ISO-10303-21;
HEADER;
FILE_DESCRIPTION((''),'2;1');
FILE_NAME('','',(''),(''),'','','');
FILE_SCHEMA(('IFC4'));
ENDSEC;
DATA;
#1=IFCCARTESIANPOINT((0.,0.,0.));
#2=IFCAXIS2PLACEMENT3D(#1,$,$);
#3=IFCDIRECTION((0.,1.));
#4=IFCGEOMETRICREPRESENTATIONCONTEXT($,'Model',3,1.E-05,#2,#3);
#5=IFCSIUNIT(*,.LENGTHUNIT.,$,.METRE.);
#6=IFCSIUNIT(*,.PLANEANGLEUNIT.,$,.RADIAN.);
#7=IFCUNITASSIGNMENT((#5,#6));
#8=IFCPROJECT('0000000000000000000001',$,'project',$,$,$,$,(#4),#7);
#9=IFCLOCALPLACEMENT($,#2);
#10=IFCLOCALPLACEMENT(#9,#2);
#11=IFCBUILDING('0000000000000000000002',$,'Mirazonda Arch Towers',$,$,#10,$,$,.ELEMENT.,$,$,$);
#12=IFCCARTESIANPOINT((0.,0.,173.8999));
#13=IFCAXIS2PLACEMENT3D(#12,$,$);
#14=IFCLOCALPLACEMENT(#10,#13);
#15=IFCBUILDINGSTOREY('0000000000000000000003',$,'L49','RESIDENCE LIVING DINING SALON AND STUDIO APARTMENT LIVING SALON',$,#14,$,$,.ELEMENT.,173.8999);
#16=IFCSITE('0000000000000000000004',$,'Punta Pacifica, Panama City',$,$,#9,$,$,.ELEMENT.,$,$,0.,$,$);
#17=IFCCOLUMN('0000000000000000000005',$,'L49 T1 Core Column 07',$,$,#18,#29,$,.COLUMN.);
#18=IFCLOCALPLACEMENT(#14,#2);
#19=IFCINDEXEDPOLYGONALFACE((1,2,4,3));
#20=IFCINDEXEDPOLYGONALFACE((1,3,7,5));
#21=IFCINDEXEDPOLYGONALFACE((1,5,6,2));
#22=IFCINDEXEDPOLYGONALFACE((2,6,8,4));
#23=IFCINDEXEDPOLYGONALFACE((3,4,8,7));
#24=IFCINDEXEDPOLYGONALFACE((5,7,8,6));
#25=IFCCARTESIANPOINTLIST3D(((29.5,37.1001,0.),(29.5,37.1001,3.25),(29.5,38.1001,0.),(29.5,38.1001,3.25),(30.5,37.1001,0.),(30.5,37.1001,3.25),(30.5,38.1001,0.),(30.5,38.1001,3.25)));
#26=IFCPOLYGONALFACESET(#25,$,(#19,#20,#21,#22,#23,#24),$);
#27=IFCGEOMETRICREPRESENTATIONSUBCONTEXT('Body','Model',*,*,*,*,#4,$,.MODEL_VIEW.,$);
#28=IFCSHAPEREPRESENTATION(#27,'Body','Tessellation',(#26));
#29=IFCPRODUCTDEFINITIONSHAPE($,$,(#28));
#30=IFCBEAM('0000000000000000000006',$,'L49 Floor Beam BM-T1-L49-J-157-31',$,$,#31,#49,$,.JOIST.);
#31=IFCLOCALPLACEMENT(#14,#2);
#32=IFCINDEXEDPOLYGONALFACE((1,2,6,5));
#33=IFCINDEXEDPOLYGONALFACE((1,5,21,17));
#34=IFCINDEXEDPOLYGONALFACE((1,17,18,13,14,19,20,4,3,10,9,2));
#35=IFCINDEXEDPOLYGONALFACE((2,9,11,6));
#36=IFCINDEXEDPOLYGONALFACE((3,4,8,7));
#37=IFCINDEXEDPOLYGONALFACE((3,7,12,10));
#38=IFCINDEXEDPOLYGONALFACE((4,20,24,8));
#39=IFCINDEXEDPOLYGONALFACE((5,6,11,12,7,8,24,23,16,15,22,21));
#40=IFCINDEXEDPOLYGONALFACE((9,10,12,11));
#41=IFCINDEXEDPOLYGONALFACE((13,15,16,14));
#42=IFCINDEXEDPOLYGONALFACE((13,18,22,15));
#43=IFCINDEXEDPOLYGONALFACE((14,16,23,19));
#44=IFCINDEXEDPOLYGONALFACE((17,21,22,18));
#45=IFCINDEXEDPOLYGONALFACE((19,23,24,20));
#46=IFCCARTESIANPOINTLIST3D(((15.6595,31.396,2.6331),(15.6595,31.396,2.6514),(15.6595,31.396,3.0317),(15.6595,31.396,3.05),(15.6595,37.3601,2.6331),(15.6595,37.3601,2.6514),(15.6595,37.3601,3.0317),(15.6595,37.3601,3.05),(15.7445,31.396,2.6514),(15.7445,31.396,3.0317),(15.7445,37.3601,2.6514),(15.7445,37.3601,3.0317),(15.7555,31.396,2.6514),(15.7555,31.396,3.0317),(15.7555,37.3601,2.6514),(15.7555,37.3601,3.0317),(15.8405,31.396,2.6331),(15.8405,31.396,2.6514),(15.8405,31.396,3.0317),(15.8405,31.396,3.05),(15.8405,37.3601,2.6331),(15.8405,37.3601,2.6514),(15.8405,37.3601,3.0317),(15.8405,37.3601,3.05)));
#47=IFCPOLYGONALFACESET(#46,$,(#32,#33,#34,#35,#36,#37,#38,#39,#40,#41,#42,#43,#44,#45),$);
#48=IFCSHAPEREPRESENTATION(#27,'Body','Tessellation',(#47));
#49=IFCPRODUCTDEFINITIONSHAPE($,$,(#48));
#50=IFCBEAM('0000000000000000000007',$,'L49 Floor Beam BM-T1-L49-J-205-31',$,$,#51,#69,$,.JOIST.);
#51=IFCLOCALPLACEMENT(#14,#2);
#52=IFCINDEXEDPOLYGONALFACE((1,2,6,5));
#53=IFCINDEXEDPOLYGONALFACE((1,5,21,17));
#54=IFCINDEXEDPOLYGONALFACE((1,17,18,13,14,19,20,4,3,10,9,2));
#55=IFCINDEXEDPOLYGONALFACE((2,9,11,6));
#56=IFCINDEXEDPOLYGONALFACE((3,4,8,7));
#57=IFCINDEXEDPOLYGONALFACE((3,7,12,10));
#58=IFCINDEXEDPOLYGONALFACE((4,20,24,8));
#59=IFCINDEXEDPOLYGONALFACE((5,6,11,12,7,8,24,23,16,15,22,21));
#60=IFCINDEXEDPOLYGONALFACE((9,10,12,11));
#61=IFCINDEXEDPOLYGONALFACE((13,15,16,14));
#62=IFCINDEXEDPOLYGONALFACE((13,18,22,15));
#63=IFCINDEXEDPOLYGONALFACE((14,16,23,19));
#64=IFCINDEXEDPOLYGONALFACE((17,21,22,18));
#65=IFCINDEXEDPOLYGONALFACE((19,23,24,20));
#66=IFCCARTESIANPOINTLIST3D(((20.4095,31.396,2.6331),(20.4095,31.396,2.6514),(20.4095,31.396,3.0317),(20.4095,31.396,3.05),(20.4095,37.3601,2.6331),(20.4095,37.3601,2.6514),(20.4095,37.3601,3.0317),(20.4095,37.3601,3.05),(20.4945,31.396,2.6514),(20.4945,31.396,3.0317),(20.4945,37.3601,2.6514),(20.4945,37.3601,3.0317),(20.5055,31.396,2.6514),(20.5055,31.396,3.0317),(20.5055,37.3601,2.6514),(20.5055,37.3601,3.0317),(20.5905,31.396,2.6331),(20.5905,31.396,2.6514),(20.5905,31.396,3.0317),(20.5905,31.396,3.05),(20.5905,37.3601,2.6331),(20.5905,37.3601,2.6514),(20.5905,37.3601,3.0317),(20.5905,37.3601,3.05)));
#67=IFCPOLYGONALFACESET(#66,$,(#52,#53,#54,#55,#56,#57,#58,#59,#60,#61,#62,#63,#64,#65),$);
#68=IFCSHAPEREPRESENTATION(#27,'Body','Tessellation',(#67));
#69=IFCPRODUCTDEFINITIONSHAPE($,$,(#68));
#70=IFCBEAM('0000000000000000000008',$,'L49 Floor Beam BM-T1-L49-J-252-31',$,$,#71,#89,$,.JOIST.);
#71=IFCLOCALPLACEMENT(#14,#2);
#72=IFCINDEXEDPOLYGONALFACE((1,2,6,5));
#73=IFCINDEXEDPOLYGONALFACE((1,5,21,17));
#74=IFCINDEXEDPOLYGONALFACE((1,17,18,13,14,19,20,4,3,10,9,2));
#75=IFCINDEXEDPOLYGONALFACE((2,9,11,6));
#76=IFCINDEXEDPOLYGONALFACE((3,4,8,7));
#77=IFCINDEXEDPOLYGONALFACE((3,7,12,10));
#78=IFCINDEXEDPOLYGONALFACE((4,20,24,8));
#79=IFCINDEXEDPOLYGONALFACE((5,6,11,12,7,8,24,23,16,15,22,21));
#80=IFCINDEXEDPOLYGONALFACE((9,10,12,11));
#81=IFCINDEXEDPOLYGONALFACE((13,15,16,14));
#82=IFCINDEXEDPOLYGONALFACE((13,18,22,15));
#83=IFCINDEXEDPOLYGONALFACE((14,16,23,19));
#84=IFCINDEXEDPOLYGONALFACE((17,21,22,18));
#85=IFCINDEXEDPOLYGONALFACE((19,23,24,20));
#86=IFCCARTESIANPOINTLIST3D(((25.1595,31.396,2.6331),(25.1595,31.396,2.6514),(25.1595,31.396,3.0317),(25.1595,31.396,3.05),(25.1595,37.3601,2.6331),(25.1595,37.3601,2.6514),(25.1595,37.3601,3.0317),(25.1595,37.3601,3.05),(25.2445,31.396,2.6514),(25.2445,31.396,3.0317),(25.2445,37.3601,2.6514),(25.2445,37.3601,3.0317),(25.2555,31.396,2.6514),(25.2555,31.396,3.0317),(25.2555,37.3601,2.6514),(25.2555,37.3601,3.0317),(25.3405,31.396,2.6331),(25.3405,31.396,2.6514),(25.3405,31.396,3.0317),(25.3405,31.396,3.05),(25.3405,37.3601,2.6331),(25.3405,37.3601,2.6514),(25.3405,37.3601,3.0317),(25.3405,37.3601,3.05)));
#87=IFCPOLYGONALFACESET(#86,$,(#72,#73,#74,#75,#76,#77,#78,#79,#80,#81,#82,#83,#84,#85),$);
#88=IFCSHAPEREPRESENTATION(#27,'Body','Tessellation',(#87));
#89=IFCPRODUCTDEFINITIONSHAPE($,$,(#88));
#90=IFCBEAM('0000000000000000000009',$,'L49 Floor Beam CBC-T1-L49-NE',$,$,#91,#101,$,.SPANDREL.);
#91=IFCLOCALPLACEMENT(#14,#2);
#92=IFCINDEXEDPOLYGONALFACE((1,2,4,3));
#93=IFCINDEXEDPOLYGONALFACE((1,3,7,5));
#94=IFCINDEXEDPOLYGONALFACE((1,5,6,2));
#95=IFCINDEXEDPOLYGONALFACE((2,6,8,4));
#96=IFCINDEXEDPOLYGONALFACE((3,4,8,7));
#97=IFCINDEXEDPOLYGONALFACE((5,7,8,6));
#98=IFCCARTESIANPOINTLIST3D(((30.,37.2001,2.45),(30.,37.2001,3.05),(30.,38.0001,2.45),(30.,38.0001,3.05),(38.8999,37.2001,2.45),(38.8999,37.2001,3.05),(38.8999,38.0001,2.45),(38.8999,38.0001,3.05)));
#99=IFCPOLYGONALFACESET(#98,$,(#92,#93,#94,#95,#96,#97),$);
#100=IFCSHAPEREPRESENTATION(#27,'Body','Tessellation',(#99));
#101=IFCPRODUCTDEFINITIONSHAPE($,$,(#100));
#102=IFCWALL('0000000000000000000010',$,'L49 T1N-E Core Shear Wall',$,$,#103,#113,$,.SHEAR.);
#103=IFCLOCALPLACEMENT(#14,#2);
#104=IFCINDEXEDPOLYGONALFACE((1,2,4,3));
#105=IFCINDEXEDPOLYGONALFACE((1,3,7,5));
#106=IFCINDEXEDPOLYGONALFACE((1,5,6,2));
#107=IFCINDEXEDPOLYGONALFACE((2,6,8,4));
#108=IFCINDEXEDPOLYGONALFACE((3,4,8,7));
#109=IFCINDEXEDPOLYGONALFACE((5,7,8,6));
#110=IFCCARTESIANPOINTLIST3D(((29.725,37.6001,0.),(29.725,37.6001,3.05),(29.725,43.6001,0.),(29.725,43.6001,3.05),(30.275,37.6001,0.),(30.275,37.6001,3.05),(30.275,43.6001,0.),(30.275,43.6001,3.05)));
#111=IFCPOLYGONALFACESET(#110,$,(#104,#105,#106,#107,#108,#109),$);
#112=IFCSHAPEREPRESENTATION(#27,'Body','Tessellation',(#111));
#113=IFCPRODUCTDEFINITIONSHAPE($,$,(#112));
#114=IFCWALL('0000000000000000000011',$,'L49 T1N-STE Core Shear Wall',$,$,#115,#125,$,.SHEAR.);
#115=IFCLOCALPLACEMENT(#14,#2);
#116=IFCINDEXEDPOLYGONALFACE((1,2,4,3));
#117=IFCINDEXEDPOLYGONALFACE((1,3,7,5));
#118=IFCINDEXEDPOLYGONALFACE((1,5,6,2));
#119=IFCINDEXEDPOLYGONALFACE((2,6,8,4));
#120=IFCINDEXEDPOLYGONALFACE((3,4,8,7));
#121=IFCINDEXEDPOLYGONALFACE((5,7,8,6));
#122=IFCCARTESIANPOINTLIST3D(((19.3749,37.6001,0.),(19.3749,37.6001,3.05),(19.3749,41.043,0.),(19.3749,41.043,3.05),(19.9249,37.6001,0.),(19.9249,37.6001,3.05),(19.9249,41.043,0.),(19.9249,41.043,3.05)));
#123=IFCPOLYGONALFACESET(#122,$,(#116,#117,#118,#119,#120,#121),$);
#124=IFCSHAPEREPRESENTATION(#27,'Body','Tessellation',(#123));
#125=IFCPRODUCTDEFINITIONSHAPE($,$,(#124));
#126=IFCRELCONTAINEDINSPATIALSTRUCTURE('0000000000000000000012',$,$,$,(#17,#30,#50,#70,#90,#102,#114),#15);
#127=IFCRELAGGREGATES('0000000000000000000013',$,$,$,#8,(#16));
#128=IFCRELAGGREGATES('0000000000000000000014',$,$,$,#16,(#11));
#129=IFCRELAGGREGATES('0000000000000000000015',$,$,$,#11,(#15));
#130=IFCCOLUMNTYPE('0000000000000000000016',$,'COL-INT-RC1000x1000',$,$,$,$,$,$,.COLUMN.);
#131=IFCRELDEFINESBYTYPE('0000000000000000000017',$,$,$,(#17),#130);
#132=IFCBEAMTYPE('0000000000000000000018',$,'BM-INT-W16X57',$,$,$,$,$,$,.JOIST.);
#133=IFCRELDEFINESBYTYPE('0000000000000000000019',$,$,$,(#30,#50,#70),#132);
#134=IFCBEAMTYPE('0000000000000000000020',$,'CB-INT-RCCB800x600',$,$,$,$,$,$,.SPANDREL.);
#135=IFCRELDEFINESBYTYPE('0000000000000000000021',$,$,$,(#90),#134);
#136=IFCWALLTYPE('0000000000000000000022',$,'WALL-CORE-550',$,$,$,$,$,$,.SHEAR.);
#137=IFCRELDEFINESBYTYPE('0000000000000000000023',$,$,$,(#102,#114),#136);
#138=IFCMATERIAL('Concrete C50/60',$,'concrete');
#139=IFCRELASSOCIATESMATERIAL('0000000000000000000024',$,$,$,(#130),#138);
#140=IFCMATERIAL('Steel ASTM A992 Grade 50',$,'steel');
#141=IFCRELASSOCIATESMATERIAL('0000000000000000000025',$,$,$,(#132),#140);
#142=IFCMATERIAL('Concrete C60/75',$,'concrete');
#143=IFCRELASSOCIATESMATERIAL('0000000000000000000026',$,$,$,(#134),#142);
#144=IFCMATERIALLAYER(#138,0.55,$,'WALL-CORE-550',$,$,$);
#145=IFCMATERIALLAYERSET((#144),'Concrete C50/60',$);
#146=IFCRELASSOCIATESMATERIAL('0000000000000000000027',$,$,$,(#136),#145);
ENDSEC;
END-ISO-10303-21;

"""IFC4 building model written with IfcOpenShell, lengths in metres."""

from ifc_helpers import new_model, si_unit, direction, frame, frame_2d, origin, origin_2d, place, context, subcontext, project, spatial, rectangle, i_section, extrude, material, layer, layer_set, material_profile, profile_set, type_object, element, save


model = new_model("IFC4")

# Units and contexts
model_context = context("Model", 3, precision=1e-05, world=origin(), true_north=direction((0.0, 1.0)))
body_context = subcontext(model_context, "Body", "Model", "MODEL_VIEW")
ifc_project = project(units=[si_unit("LENGTHUNIT", "METRE"), si_unit("PLANEANGLEUNIT", "RADIAN")], contexts=[model_context])

# Site, building, storey
site_placement = place(None, origin())
site = spatial("IfcSite", under=ifc_project, at=site_placement, Name="Punta Pacifica, Panama City", CompositionType="ELEMENT", RefElevation=0.0)
building_placement = place(site_placement, origin())
building = spatial("IfcBuilding", under=site, at=building_placement, Name="Mirazonda Arch Towers", CompositionType="ELEMENT")
storey_placement = place(building_placement, frame((0.0, 0.0, 173.8999)))
storey = spatial("IfcBuildingStorey", under=building, at=storey_placement, Name="L49", Description="RESIDENCE LIVING DINING SALON AND STUDIO APARTMENT LIVING SALON", CompositionType="ELEMENT", Elevation=173.8999)

# Column
ifc_material_1 = material(Name="Concrete C50/60", Category="concrete")
ifc_material_profile_1 = material_profile(ifc_material_1, rectangle(XDim=1.0, YDim=1.0, at=origin_2d()), Name="RC1000x1000")
ifc_profile_set_1 = profile_set([ifc_material_profile_1], Name="Concrete C50/60")
column_type = type_object("IfcColumnType", Name="COL-INT-RC1000x1000", PredefinedType="COLUMN", material=ifc_profile_set_1)
column_placement = place(storey_placement, frame((30.0, 37.6001, 0.0), z_axis=(0.0, 0.0, 1.0), x_axis=(1.0, 0.0, 0.0)))
element("IfcColumn", 1, at=column_placement, inside=storey, type_object=column_type, Name="L49 T1 Core Column 07", PredefinedType="COLUMN", context=body_context, shape_type="SweptSolid", body=[
    extrude(rectangle(XDim=1.0, YDim=1.0, at=origin_2d()), origin(), (0.0, 0.0, 1.0), 3.25),
])

# Beams
ifc_material_2 = material(Name="Steel ASTM A992 Grade 50", Category="steel")
ifc_material_profile_2 = material_profile(ifc_material_2, i_section(OverallWidth=0.1809, OverallDepth=0.417, WebThickness=0.011, FlangeThickness=0.0183, at=origin_2d()), Name="W16X57")
ifc_profile_set_2 = profile_set([ifc_material_profile_2], Name="Steel ASTM A992 Grade 50")
beam_type_1 = type_object("IfcBeamType", Name="BM-INT-W16X57", PredefinedType="JOIST", material=ifc_profile_set_2)
for number, where, z_axis, x_axis, name in (
    (2, (15.75, 31.396, 2.8416), (0.0, 1.0, 0.0), (-1.0, 0.0, 0.0), "L49 Floor Beam BM-T1-L49-J-157-31"),
    (3, (20.5, 31.396, 2.8416), (0.0, 1.0, 0.0), (-1.0, 0.0, 0.0), "L49 Floor Beam BM-T1-L49-J-205-31"),
    (4, (25.25, 31.396, 2.8416), (0.0, 1.0, 0.0), (-1.0, 0.0, 0.0), "L49 Floor Beam BM-T1-L49-J-252-31"),
):
    element("IfcBeam", number, at=place(storey_placement, frame(where, z_axis=z_axis, x_axis=x_axis)), inside=storey, type_object=beam_type_1, Name=name, PredefinedType="JOIST", context=body_context, shape_type="SweptSolid", body=[
        extrude(i_section(OverallWidth=0.1809, OverallDepth=0.417, WebThickness=0.011, FlangeThickness=0.0183, at=origin_2d()), origin(), (0.0, 0.0, 1.0), 5.9641),
    ])
ifc_material_3 = material(Name="Concrete C60/75", Category="concrete")
ifc_material_profile_3 = material_profile(ifc_material_3, rectangle(XDim=0.8, YDim=0.6001, at=origin_2d()), Name="RCCB800x600")
ifc_profile_set_3 = profile_set([ifc_material_profile_3], Name="Concrete C60/75")
beam_type_2 = type_object("IfcBeamType", Name="CB-INT-RCCB800x600", PredefinedType="SPANDREL", material=ifc_profile_set_3)
beam_placement = place(storey_placement, frame((30.0, 37.6001, 2.75), z_axis=(1.0, 0.0, 0.0), x_axis=(0.0, 1.0, 0.0)))
element("IfcBeam", 5, at=beam_placement, inside=storey, type_object=beam_type_2, Name="L49 Floor Beam CBC-T1-L49-NE", PredefinedType="SPANDREL", context=body_context, shape_type="SweptSolid", body=[
    extrude(rectangle(XDim=0.8, YDim=0.6001, at=origin_2d()), origin(), (0.0, 0.0, 1.0), 8.8999),
])

# Walls
ifc_layer_1 = layer(ifc_material_1, 0.55, Name="WALL-CORE-550")
ifc_layer_set_1 = layer_set([ifc_layer_1], Name="Concrete C50/60")
wall_type_1 = type_object("IfcWallType", Name="WALL-CORE-550", PredefinedType="SHEAR", material=ifc_layer_set_1)
wall_1_placement = place(storey_placement, frame((30.0, 37.6001, 0.0), z_axis=(0.0, 0.0, 1.0), x_axis=(0.0, 1.0, 0.0)))
element("IfcWall", 6, at=wall_1_placement, inside=storey, type_object=wall_type_1, Name="L49 T1N-E Core Shear Wall", PredefinedType="SHEAR", context=body_context, shape_type="SweptSolid", body=[
    extrude(rectangle(XDim=6.0, YDim=0.55, at=frame_2d((3.0, 0.0))), origin(), (0.0, 0.0, 1.0), 3.05),
])
wall_2_placement = place(storey_placement, frame((19.6499, 37.6001, 0.0), z_axis=(0.0, 0.0, 1.0), x_axis=(0.0, 1.0, 0.0)))
element("IfcWall", 7, at=wall_2_placement, inside=storey, type_object=wall_type_1, Name="L49 T1N-STE Core Shear Wall", PredefinedType="SHEAR", context=body_context, shape_type="SweptSolid", body=[
    extrude(rectangle(XDim=3.4429, YDim=0.55, at=frame_2d((1.7214, 0.0))), origin(), (0.0, 0.0, 1.0), 3.05),
])

save(model, "model.ifc")
